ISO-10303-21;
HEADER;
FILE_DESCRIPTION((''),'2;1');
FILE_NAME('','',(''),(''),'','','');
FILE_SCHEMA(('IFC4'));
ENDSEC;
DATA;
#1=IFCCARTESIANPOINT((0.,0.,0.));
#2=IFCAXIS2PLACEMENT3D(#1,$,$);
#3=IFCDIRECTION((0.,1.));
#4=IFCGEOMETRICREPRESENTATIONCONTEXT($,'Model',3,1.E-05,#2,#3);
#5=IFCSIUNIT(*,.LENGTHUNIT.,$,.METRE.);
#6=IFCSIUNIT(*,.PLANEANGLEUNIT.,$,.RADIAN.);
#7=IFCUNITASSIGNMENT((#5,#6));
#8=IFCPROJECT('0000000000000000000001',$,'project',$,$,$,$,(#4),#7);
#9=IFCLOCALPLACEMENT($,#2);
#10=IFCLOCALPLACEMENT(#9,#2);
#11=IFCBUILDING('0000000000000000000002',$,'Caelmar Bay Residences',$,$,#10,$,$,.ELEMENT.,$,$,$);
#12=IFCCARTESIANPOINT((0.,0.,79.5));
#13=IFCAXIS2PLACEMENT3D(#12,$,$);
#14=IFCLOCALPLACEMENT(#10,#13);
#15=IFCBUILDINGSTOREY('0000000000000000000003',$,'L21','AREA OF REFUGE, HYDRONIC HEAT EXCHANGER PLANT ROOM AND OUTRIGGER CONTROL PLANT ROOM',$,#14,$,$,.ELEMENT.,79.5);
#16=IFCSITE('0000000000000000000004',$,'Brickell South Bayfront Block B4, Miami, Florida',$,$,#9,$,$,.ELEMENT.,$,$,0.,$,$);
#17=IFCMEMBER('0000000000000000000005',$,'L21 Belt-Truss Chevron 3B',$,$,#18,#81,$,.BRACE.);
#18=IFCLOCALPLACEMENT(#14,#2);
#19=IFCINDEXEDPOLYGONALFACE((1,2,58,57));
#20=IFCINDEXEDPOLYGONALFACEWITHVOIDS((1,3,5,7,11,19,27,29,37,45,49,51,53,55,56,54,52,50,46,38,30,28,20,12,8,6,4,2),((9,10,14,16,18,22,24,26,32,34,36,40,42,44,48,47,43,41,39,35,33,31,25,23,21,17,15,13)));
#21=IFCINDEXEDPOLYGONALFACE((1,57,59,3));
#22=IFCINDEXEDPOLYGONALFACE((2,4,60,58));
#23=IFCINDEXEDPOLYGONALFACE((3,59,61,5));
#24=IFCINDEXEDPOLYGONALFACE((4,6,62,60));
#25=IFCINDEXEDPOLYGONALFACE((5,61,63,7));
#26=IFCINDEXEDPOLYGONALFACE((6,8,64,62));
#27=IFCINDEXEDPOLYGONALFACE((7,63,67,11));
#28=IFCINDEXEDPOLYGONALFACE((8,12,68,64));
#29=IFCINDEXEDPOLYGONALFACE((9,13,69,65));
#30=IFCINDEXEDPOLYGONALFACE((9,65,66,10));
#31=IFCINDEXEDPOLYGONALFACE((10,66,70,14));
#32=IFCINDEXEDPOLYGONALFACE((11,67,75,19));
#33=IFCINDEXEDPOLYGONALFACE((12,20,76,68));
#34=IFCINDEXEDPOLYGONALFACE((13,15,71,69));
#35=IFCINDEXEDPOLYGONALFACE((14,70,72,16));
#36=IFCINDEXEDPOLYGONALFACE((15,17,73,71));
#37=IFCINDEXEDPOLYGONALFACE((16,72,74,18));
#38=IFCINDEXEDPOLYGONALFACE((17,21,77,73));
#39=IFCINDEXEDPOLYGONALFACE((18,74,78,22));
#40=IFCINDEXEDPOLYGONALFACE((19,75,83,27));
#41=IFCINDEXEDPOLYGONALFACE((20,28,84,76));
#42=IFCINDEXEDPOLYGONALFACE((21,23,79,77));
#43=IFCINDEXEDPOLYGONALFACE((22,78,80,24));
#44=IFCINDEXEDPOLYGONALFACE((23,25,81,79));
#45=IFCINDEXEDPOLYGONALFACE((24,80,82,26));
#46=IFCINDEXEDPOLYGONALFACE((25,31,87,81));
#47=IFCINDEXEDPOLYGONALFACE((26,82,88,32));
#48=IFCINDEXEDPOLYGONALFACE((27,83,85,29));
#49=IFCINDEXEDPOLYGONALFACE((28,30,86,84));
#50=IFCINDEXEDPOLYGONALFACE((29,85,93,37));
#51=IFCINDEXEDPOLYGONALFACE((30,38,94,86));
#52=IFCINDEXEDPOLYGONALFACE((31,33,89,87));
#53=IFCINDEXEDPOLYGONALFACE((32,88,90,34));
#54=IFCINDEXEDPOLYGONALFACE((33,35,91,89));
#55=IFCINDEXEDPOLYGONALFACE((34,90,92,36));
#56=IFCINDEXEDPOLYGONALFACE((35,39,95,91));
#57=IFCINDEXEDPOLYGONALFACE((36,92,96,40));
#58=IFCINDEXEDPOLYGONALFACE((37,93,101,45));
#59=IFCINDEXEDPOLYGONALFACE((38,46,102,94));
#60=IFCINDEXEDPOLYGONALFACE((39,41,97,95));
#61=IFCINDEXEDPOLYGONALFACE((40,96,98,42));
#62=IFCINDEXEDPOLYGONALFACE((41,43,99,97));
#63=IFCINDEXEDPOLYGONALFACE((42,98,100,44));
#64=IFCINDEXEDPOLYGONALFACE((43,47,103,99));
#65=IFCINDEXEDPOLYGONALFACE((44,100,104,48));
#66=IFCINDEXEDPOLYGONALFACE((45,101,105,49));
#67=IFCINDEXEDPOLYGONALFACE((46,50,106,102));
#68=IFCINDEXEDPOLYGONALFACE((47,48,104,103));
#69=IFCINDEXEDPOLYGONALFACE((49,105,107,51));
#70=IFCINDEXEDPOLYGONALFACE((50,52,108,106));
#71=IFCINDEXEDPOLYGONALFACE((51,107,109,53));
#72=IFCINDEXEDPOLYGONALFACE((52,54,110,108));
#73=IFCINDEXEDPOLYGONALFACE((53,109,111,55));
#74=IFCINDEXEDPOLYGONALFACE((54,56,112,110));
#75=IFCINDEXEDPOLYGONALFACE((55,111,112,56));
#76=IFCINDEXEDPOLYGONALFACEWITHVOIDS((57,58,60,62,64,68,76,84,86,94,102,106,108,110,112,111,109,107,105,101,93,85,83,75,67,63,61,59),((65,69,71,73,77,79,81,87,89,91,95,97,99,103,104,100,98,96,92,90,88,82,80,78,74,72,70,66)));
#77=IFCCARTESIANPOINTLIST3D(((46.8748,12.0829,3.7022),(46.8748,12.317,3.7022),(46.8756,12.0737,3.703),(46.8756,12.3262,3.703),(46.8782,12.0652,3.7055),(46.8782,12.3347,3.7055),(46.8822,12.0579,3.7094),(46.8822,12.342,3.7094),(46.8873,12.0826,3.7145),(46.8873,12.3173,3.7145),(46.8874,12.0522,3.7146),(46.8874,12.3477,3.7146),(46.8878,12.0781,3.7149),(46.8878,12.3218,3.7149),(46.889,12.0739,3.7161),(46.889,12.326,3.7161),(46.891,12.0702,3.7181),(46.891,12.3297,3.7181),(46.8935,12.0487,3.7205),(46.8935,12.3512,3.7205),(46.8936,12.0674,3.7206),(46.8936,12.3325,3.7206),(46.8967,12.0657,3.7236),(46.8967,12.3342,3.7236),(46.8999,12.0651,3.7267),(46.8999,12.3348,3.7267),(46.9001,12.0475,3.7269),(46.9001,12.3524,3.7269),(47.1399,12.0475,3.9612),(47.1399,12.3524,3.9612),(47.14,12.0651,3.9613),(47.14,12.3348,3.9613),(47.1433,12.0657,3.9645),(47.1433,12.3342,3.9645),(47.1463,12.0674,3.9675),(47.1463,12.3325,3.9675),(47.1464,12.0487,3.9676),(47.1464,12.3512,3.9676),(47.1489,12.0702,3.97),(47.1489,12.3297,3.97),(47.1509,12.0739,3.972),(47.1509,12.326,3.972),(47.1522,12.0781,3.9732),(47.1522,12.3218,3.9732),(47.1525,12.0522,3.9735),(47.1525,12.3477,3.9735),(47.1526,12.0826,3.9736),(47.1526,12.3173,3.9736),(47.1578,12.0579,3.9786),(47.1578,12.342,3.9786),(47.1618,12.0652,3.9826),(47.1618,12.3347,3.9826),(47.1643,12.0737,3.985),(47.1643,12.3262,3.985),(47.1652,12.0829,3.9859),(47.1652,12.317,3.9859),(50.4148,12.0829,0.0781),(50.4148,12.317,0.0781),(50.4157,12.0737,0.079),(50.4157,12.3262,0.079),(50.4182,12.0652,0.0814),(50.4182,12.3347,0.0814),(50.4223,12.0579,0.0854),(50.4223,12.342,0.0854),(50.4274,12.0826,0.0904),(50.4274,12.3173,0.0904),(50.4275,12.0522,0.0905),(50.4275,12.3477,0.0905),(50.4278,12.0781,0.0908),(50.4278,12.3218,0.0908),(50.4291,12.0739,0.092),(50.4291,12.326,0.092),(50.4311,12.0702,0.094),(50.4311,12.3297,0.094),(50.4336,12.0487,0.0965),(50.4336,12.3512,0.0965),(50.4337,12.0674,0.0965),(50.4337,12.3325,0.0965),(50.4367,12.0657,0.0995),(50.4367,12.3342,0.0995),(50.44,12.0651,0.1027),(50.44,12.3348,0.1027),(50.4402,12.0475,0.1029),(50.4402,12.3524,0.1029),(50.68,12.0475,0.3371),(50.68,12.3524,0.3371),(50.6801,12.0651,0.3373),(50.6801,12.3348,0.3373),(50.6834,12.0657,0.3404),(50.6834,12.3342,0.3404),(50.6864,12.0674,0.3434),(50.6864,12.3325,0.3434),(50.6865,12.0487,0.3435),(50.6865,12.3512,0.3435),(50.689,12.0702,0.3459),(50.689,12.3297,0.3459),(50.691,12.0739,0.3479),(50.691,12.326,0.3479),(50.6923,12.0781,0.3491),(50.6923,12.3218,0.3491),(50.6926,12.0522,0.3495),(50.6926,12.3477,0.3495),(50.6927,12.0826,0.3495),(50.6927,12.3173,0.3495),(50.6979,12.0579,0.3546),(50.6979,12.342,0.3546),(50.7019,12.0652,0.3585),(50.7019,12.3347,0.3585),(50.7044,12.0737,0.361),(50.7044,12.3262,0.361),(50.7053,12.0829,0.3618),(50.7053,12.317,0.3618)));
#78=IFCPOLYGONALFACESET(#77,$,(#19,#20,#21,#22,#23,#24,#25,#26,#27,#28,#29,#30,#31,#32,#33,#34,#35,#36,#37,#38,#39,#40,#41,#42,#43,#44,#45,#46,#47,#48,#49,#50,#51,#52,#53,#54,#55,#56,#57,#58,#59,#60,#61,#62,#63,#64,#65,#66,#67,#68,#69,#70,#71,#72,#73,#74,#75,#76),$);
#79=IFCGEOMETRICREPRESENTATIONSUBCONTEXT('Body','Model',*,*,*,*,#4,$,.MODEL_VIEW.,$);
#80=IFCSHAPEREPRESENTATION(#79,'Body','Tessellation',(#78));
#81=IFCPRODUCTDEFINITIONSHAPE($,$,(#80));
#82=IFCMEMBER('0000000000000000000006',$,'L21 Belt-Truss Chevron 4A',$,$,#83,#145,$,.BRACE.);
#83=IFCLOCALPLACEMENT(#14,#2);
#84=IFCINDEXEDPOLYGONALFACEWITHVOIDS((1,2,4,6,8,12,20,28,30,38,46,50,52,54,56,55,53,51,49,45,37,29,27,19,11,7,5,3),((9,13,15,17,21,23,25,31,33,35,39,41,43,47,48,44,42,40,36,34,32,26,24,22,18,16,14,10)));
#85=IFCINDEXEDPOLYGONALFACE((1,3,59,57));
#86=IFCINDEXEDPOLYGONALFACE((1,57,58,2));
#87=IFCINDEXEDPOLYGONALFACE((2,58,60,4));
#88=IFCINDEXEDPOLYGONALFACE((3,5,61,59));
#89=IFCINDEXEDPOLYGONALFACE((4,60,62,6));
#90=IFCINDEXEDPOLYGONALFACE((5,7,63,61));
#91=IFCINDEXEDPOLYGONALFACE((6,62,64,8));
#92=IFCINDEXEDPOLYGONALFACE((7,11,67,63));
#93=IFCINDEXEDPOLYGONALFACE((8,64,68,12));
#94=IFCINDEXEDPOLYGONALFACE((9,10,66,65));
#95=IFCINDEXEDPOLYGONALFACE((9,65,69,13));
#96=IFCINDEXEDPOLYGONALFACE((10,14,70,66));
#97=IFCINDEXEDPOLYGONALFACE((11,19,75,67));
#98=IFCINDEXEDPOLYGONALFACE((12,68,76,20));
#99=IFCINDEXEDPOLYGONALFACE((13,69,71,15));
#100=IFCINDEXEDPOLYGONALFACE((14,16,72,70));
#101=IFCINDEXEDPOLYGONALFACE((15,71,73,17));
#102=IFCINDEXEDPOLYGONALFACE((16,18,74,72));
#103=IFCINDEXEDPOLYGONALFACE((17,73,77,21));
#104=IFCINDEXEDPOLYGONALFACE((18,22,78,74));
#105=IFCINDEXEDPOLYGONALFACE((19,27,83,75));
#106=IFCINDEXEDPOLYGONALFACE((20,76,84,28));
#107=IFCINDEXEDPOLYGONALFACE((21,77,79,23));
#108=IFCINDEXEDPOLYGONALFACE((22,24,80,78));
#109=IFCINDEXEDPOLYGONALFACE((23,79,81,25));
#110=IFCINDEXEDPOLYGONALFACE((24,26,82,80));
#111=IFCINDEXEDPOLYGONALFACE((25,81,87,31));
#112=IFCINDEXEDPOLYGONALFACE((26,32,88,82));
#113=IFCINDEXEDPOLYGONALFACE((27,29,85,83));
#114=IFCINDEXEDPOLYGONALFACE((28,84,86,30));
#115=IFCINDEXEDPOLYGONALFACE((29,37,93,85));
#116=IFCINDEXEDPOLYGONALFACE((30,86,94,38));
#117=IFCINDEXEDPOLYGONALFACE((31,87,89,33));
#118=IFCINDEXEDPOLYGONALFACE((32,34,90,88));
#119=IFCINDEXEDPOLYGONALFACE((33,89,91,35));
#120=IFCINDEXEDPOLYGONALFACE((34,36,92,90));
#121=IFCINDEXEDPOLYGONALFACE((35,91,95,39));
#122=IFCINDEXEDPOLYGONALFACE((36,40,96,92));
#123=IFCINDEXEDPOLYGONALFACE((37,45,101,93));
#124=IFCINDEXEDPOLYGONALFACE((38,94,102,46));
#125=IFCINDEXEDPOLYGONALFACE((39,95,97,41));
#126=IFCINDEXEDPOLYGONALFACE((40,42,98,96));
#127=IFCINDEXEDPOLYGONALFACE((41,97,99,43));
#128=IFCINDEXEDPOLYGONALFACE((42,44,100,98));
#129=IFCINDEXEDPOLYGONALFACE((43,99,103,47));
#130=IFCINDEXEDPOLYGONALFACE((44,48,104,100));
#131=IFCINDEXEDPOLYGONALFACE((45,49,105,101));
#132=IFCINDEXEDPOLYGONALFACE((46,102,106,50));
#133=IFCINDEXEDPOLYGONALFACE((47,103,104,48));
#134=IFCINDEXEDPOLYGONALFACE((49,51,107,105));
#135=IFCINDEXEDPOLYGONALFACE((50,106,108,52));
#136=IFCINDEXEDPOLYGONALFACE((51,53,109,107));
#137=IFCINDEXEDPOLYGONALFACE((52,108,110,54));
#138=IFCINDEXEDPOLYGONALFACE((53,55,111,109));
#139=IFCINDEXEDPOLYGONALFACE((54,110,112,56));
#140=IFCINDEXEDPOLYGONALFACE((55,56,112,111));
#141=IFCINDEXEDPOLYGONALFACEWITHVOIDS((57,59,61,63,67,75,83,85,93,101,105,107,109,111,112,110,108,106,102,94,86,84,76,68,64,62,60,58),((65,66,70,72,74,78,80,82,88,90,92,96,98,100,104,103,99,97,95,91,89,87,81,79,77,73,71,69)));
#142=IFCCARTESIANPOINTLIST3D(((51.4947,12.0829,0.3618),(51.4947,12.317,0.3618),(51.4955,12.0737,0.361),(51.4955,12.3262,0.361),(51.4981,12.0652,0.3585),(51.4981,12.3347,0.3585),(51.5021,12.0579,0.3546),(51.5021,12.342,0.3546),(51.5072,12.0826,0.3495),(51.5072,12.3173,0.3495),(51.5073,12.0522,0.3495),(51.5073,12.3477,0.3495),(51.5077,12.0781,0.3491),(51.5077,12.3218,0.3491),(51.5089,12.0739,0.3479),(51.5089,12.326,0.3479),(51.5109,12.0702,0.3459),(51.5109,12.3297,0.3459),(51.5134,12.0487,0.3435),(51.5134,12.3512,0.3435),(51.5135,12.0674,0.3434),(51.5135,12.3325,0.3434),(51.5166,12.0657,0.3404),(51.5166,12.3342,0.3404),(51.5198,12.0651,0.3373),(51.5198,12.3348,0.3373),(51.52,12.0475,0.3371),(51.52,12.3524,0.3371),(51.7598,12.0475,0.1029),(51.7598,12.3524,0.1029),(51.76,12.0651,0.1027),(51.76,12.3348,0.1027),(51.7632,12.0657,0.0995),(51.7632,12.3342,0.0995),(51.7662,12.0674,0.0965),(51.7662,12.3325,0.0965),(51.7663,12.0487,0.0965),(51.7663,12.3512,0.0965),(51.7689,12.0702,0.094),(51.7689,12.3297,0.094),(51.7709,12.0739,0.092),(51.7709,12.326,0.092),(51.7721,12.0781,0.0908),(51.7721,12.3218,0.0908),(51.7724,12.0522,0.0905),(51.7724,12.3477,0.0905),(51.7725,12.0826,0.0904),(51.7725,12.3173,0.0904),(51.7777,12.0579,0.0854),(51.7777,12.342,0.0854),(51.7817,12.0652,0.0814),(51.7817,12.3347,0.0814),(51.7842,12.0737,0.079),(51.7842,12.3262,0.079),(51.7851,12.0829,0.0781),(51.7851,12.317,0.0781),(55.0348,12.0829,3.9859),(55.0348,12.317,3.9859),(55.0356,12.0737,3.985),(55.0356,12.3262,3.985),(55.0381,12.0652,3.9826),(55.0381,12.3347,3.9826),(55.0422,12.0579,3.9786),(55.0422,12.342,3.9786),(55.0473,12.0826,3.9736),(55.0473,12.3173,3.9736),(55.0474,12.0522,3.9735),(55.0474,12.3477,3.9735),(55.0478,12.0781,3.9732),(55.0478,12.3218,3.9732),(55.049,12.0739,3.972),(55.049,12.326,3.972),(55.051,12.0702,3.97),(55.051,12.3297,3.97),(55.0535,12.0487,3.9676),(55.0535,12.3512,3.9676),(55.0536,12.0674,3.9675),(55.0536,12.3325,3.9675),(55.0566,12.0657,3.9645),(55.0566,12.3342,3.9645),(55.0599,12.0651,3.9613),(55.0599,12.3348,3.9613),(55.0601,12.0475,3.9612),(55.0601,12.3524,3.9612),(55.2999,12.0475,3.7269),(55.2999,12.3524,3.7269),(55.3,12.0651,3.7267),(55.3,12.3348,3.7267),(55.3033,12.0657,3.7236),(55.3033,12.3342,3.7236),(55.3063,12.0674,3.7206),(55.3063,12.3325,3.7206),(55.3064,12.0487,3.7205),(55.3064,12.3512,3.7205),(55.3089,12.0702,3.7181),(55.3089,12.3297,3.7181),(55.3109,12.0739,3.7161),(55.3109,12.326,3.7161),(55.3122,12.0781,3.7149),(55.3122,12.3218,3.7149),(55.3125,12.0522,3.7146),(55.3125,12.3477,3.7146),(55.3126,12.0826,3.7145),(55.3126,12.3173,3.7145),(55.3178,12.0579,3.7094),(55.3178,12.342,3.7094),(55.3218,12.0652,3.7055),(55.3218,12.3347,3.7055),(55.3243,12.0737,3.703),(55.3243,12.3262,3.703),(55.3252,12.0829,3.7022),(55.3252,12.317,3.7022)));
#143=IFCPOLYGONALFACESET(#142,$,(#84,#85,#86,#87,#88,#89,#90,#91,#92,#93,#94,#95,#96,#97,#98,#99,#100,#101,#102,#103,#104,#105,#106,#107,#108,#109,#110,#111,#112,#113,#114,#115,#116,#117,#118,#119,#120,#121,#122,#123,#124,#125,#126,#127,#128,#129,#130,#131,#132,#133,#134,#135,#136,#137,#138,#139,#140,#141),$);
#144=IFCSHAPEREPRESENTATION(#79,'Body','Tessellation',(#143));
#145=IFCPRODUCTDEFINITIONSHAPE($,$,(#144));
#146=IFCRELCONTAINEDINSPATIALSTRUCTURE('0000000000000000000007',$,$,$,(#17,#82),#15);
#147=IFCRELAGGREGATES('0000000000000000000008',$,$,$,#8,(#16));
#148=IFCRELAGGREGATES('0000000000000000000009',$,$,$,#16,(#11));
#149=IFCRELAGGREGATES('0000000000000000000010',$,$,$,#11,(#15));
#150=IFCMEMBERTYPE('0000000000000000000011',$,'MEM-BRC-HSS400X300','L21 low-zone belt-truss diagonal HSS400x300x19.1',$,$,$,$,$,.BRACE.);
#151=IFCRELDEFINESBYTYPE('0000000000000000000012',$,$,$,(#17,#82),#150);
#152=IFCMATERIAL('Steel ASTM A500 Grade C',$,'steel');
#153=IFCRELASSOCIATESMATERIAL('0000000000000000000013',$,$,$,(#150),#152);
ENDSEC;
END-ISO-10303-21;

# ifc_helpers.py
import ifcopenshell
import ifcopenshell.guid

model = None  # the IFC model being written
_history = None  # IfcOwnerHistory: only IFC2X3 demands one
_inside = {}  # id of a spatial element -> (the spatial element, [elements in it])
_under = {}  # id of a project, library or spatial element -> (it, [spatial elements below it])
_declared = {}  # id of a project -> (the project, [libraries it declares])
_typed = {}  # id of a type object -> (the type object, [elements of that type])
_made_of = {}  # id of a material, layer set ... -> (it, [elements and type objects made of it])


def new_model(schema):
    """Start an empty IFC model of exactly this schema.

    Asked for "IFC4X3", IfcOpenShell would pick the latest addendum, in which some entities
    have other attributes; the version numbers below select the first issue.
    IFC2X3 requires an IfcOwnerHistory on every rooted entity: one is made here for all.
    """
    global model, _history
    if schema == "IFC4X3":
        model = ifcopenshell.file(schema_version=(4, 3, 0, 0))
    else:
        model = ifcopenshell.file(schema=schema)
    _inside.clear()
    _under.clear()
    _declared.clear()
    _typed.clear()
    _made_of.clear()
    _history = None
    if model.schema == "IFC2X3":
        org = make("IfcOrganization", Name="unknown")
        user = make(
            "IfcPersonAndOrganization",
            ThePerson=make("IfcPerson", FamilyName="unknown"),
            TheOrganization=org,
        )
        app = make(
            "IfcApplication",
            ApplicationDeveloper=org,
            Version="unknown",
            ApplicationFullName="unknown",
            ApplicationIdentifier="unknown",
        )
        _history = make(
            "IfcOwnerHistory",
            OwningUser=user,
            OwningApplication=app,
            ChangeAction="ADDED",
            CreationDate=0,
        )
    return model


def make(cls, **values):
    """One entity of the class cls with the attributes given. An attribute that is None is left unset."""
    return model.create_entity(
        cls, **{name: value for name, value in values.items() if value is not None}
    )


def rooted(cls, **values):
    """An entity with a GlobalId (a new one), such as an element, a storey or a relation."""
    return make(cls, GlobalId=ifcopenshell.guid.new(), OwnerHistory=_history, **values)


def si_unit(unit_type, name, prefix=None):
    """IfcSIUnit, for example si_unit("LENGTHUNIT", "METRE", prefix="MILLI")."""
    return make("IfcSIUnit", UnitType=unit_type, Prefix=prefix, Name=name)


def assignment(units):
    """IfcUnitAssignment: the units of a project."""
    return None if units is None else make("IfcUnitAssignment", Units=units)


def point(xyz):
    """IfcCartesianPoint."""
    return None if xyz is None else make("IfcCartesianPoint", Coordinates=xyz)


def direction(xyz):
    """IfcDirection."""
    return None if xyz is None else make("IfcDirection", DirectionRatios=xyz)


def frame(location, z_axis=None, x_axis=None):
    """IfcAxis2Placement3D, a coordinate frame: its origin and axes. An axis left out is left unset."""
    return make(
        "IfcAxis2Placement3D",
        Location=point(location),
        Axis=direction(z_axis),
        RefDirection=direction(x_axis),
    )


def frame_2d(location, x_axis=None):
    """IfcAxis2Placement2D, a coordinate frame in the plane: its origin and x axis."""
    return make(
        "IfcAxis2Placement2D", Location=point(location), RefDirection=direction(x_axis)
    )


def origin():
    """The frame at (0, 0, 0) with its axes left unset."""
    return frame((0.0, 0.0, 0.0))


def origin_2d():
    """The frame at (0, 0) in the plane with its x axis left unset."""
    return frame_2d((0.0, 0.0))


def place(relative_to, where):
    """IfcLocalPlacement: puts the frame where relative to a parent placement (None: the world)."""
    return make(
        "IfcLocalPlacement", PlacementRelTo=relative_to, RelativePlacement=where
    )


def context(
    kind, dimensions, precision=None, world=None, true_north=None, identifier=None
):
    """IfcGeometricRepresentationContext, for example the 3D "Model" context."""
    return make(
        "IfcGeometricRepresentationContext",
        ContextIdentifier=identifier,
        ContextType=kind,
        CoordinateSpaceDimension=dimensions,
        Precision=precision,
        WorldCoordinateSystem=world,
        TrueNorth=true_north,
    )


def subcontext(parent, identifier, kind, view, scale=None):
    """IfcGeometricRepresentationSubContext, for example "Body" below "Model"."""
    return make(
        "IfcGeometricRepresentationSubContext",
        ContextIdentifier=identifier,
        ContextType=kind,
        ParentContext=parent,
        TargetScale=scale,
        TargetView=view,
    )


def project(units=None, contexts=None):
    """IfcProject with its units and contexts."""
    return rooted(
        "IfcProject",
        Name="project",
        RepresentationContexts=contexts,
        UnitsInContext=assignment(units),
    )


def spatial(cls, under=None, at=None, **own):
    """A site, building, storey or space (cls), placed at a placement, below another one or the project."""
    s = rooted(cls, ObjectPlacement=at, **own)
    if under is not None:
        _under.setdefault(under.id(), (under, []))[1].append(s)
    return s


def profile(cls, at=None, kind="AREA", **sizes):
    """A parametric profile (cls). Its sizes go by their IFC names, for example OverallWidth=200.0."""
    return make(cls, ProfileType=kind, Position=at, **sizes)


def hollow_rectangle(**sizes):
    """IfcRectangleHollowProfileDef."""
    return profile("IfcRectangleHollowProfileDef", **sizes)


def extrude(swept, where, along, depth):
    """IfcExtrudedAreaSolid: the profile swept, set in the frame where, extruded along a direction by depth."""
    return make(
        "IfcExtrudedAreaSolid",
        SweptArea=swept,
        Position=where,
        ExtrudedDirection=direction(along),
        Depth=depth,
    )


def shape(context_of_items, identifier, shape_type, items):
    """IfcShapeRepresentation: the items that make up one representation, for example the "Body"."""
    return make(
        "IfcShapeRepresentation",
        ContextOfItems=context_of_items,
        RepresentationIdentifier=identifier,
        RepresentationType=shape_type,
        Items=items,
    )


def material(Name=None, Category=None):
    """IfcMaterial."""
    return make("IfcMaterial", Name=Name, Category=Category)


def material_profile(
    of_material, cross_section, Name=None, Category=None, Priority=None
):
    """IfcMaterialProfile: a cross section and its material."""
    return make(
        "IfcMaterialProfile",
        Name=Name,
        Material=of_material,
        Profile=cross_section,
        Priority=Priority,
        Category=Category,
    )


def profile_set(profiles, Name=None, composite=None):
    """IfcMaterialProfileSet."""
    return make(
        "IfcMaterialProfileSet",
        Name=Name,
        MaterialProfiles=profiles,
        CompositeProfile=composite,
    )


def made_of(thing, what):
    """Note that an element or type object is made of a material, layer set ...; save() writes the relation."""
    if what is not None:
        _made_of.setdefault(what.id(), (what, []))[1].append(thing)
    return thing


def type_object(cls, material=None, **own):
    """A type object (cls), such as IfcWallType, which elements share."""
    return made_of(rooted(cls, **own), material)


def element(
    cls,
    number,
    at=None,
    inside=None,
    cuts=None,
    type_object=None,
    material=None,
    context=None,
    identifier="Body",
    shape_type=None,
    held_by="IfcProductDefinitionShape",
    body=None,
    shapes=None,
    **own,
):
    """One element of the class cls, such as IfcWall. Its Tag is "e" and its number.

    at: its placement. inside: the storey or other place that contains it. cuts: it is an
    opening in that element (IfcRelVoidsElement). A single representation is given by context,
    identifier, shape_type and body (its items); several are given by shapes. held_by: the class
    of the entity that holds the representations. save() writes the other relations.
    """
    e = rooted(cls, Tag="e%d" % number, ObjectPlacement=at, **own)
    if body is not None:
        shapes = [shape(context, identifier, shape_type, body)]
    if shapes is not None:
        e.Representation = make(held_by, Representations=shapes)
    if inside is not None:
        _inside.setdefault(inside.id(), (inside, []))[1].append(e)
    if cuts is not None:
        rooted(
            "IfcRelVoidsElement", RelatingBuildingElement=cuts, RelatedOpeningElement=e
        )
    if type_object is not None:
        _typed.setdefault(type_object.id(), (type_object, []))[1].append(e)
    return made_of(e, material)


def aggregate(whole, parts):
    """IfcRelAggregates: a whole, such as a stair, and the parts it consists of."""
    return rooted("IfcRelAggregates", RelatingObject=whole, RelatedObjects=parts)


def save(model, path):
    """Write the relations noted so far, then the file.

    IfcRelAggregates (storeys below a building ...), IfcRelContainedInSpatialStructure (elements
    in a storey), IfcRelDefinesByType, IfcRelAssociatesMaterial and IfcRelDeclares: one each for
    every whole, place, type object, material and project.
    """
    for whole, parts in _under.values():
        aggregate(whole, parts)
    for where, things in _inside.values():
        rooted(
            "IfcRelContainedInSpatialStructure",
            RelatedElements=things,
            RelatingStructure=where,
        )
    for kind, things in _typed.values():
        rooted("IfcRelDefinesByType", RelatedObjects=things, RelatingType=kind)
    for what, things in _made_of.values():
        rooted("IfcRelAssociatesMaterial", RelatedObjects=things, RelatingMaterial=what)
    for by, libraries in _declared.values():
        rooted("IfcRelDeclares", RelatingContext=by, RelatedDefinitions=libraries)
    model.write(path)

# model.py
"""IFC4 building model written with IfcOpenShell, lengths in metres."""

from ifc_helpers import new_model, si_unit, direction, frame, origin, origin_2d, place, context, subcontext, project, spatial, hollow_rectangle, extrude, material, material_profile, profile_set, type_object, element, save


model = new_model("IFC4")

# Units and contexts
model_context = context("Model", 3, precision=1e-05, world=origin(), true_north=direction((0.0, 1.0)))
body_context = subcontext(model_context, "Body", "Model", "MODEL_VIEW")
ifc_project = project(units=[si_unit("LENGTHUNIT", "METRE"), si_unit("PLANEANGLEUNIT", "RADIAN")], contexts=[model_context])

# Site, building, storey
site_placement = place(None, origin())
site = spatial("IfcSite", under=ifc_project, at=site_placement, Name="Brickell South Bayfront Block B4, Miami, Florida", CompositionType="ELEMENT", RefElevation=0.0)
building_placement = place(site_placement, origin())
building = spatial("IfcBuilding", under=site, at=building_placement, Name="Caelmar Bay Residences", CompositionType="ELEMENT")
storey_placement = place(building_placement, frame((0.0, 0.0, 79.5)))
storey = spatial("IfcBuildingStorey", under=building, at=storey_placement, Name="L21", Description="AREA OF REFUGE, HYDRONIC HEAT EXCHANGER PLANT ROOM AND OUTRIGGER CONTROL PLANT ROOM", CompositionType="ELEMENT", Elevation=79.5)

# Members
ifc_material_1 = material(Name="Steel ASTM A500 Grade C", Category="steel")
ifc_material_profile_1 = material_profile(ifc_material_1, hollow_rectangle(XDim=0.3049, YDim=0.406, WallThickness=0.0176, InnerFilletRadius=0.0176, OuterFilletRadius=0.0354, at=origin_2d()), Name="HSS400X300X19.1")
ifc_profile_set_1 = profile_set([ifc_material_profile_1], Name="Steel ASTM A500 Grade C")
member_type_1 = type_object("IfcMemberType", Name="MEM-BRC-HSS400X300", Description="L21 low-zone belt-truss diagonal HSS400x300x19.1", PredefinedType="BRACE", material=ifc_profile_set_1)
for number, where, z_axis, x_axis, name in (
    (1, (50.5601, 12.2, 0.22), (-0.698769, 0.0, 0.715347), (0.0, -1.0, 0.0), "L21 Belt-Truss Chevron 3B"),
    (2, (51.6399, 12.2, 0.22), (0.698769, 0.0, 0.715347), (0.0, 1.0, 0.0), "L21 Belt-Truss Chevron 4A"),
):
    element("IfcMember", number, at=place(storey_placement, frame(where, z_axis=z_axis, x_axis=x_axis)), inside=storey, type_object=member_type_1, Name=name, PredefinedType="BRACE", context=body_context, shape_type="SweptSolid", body=[
        extrude(hollow_rectangle(XDim=0.3049, YDim=0.406, WallThickness=0.0176, InnerFilletRadius=0.0176, OuterFilletRadius=0.0354, at=origin_2d()), origin(), (0.0, 0.0, 1.0), 5.0662),
    ])

save(model, "model.ifc")
